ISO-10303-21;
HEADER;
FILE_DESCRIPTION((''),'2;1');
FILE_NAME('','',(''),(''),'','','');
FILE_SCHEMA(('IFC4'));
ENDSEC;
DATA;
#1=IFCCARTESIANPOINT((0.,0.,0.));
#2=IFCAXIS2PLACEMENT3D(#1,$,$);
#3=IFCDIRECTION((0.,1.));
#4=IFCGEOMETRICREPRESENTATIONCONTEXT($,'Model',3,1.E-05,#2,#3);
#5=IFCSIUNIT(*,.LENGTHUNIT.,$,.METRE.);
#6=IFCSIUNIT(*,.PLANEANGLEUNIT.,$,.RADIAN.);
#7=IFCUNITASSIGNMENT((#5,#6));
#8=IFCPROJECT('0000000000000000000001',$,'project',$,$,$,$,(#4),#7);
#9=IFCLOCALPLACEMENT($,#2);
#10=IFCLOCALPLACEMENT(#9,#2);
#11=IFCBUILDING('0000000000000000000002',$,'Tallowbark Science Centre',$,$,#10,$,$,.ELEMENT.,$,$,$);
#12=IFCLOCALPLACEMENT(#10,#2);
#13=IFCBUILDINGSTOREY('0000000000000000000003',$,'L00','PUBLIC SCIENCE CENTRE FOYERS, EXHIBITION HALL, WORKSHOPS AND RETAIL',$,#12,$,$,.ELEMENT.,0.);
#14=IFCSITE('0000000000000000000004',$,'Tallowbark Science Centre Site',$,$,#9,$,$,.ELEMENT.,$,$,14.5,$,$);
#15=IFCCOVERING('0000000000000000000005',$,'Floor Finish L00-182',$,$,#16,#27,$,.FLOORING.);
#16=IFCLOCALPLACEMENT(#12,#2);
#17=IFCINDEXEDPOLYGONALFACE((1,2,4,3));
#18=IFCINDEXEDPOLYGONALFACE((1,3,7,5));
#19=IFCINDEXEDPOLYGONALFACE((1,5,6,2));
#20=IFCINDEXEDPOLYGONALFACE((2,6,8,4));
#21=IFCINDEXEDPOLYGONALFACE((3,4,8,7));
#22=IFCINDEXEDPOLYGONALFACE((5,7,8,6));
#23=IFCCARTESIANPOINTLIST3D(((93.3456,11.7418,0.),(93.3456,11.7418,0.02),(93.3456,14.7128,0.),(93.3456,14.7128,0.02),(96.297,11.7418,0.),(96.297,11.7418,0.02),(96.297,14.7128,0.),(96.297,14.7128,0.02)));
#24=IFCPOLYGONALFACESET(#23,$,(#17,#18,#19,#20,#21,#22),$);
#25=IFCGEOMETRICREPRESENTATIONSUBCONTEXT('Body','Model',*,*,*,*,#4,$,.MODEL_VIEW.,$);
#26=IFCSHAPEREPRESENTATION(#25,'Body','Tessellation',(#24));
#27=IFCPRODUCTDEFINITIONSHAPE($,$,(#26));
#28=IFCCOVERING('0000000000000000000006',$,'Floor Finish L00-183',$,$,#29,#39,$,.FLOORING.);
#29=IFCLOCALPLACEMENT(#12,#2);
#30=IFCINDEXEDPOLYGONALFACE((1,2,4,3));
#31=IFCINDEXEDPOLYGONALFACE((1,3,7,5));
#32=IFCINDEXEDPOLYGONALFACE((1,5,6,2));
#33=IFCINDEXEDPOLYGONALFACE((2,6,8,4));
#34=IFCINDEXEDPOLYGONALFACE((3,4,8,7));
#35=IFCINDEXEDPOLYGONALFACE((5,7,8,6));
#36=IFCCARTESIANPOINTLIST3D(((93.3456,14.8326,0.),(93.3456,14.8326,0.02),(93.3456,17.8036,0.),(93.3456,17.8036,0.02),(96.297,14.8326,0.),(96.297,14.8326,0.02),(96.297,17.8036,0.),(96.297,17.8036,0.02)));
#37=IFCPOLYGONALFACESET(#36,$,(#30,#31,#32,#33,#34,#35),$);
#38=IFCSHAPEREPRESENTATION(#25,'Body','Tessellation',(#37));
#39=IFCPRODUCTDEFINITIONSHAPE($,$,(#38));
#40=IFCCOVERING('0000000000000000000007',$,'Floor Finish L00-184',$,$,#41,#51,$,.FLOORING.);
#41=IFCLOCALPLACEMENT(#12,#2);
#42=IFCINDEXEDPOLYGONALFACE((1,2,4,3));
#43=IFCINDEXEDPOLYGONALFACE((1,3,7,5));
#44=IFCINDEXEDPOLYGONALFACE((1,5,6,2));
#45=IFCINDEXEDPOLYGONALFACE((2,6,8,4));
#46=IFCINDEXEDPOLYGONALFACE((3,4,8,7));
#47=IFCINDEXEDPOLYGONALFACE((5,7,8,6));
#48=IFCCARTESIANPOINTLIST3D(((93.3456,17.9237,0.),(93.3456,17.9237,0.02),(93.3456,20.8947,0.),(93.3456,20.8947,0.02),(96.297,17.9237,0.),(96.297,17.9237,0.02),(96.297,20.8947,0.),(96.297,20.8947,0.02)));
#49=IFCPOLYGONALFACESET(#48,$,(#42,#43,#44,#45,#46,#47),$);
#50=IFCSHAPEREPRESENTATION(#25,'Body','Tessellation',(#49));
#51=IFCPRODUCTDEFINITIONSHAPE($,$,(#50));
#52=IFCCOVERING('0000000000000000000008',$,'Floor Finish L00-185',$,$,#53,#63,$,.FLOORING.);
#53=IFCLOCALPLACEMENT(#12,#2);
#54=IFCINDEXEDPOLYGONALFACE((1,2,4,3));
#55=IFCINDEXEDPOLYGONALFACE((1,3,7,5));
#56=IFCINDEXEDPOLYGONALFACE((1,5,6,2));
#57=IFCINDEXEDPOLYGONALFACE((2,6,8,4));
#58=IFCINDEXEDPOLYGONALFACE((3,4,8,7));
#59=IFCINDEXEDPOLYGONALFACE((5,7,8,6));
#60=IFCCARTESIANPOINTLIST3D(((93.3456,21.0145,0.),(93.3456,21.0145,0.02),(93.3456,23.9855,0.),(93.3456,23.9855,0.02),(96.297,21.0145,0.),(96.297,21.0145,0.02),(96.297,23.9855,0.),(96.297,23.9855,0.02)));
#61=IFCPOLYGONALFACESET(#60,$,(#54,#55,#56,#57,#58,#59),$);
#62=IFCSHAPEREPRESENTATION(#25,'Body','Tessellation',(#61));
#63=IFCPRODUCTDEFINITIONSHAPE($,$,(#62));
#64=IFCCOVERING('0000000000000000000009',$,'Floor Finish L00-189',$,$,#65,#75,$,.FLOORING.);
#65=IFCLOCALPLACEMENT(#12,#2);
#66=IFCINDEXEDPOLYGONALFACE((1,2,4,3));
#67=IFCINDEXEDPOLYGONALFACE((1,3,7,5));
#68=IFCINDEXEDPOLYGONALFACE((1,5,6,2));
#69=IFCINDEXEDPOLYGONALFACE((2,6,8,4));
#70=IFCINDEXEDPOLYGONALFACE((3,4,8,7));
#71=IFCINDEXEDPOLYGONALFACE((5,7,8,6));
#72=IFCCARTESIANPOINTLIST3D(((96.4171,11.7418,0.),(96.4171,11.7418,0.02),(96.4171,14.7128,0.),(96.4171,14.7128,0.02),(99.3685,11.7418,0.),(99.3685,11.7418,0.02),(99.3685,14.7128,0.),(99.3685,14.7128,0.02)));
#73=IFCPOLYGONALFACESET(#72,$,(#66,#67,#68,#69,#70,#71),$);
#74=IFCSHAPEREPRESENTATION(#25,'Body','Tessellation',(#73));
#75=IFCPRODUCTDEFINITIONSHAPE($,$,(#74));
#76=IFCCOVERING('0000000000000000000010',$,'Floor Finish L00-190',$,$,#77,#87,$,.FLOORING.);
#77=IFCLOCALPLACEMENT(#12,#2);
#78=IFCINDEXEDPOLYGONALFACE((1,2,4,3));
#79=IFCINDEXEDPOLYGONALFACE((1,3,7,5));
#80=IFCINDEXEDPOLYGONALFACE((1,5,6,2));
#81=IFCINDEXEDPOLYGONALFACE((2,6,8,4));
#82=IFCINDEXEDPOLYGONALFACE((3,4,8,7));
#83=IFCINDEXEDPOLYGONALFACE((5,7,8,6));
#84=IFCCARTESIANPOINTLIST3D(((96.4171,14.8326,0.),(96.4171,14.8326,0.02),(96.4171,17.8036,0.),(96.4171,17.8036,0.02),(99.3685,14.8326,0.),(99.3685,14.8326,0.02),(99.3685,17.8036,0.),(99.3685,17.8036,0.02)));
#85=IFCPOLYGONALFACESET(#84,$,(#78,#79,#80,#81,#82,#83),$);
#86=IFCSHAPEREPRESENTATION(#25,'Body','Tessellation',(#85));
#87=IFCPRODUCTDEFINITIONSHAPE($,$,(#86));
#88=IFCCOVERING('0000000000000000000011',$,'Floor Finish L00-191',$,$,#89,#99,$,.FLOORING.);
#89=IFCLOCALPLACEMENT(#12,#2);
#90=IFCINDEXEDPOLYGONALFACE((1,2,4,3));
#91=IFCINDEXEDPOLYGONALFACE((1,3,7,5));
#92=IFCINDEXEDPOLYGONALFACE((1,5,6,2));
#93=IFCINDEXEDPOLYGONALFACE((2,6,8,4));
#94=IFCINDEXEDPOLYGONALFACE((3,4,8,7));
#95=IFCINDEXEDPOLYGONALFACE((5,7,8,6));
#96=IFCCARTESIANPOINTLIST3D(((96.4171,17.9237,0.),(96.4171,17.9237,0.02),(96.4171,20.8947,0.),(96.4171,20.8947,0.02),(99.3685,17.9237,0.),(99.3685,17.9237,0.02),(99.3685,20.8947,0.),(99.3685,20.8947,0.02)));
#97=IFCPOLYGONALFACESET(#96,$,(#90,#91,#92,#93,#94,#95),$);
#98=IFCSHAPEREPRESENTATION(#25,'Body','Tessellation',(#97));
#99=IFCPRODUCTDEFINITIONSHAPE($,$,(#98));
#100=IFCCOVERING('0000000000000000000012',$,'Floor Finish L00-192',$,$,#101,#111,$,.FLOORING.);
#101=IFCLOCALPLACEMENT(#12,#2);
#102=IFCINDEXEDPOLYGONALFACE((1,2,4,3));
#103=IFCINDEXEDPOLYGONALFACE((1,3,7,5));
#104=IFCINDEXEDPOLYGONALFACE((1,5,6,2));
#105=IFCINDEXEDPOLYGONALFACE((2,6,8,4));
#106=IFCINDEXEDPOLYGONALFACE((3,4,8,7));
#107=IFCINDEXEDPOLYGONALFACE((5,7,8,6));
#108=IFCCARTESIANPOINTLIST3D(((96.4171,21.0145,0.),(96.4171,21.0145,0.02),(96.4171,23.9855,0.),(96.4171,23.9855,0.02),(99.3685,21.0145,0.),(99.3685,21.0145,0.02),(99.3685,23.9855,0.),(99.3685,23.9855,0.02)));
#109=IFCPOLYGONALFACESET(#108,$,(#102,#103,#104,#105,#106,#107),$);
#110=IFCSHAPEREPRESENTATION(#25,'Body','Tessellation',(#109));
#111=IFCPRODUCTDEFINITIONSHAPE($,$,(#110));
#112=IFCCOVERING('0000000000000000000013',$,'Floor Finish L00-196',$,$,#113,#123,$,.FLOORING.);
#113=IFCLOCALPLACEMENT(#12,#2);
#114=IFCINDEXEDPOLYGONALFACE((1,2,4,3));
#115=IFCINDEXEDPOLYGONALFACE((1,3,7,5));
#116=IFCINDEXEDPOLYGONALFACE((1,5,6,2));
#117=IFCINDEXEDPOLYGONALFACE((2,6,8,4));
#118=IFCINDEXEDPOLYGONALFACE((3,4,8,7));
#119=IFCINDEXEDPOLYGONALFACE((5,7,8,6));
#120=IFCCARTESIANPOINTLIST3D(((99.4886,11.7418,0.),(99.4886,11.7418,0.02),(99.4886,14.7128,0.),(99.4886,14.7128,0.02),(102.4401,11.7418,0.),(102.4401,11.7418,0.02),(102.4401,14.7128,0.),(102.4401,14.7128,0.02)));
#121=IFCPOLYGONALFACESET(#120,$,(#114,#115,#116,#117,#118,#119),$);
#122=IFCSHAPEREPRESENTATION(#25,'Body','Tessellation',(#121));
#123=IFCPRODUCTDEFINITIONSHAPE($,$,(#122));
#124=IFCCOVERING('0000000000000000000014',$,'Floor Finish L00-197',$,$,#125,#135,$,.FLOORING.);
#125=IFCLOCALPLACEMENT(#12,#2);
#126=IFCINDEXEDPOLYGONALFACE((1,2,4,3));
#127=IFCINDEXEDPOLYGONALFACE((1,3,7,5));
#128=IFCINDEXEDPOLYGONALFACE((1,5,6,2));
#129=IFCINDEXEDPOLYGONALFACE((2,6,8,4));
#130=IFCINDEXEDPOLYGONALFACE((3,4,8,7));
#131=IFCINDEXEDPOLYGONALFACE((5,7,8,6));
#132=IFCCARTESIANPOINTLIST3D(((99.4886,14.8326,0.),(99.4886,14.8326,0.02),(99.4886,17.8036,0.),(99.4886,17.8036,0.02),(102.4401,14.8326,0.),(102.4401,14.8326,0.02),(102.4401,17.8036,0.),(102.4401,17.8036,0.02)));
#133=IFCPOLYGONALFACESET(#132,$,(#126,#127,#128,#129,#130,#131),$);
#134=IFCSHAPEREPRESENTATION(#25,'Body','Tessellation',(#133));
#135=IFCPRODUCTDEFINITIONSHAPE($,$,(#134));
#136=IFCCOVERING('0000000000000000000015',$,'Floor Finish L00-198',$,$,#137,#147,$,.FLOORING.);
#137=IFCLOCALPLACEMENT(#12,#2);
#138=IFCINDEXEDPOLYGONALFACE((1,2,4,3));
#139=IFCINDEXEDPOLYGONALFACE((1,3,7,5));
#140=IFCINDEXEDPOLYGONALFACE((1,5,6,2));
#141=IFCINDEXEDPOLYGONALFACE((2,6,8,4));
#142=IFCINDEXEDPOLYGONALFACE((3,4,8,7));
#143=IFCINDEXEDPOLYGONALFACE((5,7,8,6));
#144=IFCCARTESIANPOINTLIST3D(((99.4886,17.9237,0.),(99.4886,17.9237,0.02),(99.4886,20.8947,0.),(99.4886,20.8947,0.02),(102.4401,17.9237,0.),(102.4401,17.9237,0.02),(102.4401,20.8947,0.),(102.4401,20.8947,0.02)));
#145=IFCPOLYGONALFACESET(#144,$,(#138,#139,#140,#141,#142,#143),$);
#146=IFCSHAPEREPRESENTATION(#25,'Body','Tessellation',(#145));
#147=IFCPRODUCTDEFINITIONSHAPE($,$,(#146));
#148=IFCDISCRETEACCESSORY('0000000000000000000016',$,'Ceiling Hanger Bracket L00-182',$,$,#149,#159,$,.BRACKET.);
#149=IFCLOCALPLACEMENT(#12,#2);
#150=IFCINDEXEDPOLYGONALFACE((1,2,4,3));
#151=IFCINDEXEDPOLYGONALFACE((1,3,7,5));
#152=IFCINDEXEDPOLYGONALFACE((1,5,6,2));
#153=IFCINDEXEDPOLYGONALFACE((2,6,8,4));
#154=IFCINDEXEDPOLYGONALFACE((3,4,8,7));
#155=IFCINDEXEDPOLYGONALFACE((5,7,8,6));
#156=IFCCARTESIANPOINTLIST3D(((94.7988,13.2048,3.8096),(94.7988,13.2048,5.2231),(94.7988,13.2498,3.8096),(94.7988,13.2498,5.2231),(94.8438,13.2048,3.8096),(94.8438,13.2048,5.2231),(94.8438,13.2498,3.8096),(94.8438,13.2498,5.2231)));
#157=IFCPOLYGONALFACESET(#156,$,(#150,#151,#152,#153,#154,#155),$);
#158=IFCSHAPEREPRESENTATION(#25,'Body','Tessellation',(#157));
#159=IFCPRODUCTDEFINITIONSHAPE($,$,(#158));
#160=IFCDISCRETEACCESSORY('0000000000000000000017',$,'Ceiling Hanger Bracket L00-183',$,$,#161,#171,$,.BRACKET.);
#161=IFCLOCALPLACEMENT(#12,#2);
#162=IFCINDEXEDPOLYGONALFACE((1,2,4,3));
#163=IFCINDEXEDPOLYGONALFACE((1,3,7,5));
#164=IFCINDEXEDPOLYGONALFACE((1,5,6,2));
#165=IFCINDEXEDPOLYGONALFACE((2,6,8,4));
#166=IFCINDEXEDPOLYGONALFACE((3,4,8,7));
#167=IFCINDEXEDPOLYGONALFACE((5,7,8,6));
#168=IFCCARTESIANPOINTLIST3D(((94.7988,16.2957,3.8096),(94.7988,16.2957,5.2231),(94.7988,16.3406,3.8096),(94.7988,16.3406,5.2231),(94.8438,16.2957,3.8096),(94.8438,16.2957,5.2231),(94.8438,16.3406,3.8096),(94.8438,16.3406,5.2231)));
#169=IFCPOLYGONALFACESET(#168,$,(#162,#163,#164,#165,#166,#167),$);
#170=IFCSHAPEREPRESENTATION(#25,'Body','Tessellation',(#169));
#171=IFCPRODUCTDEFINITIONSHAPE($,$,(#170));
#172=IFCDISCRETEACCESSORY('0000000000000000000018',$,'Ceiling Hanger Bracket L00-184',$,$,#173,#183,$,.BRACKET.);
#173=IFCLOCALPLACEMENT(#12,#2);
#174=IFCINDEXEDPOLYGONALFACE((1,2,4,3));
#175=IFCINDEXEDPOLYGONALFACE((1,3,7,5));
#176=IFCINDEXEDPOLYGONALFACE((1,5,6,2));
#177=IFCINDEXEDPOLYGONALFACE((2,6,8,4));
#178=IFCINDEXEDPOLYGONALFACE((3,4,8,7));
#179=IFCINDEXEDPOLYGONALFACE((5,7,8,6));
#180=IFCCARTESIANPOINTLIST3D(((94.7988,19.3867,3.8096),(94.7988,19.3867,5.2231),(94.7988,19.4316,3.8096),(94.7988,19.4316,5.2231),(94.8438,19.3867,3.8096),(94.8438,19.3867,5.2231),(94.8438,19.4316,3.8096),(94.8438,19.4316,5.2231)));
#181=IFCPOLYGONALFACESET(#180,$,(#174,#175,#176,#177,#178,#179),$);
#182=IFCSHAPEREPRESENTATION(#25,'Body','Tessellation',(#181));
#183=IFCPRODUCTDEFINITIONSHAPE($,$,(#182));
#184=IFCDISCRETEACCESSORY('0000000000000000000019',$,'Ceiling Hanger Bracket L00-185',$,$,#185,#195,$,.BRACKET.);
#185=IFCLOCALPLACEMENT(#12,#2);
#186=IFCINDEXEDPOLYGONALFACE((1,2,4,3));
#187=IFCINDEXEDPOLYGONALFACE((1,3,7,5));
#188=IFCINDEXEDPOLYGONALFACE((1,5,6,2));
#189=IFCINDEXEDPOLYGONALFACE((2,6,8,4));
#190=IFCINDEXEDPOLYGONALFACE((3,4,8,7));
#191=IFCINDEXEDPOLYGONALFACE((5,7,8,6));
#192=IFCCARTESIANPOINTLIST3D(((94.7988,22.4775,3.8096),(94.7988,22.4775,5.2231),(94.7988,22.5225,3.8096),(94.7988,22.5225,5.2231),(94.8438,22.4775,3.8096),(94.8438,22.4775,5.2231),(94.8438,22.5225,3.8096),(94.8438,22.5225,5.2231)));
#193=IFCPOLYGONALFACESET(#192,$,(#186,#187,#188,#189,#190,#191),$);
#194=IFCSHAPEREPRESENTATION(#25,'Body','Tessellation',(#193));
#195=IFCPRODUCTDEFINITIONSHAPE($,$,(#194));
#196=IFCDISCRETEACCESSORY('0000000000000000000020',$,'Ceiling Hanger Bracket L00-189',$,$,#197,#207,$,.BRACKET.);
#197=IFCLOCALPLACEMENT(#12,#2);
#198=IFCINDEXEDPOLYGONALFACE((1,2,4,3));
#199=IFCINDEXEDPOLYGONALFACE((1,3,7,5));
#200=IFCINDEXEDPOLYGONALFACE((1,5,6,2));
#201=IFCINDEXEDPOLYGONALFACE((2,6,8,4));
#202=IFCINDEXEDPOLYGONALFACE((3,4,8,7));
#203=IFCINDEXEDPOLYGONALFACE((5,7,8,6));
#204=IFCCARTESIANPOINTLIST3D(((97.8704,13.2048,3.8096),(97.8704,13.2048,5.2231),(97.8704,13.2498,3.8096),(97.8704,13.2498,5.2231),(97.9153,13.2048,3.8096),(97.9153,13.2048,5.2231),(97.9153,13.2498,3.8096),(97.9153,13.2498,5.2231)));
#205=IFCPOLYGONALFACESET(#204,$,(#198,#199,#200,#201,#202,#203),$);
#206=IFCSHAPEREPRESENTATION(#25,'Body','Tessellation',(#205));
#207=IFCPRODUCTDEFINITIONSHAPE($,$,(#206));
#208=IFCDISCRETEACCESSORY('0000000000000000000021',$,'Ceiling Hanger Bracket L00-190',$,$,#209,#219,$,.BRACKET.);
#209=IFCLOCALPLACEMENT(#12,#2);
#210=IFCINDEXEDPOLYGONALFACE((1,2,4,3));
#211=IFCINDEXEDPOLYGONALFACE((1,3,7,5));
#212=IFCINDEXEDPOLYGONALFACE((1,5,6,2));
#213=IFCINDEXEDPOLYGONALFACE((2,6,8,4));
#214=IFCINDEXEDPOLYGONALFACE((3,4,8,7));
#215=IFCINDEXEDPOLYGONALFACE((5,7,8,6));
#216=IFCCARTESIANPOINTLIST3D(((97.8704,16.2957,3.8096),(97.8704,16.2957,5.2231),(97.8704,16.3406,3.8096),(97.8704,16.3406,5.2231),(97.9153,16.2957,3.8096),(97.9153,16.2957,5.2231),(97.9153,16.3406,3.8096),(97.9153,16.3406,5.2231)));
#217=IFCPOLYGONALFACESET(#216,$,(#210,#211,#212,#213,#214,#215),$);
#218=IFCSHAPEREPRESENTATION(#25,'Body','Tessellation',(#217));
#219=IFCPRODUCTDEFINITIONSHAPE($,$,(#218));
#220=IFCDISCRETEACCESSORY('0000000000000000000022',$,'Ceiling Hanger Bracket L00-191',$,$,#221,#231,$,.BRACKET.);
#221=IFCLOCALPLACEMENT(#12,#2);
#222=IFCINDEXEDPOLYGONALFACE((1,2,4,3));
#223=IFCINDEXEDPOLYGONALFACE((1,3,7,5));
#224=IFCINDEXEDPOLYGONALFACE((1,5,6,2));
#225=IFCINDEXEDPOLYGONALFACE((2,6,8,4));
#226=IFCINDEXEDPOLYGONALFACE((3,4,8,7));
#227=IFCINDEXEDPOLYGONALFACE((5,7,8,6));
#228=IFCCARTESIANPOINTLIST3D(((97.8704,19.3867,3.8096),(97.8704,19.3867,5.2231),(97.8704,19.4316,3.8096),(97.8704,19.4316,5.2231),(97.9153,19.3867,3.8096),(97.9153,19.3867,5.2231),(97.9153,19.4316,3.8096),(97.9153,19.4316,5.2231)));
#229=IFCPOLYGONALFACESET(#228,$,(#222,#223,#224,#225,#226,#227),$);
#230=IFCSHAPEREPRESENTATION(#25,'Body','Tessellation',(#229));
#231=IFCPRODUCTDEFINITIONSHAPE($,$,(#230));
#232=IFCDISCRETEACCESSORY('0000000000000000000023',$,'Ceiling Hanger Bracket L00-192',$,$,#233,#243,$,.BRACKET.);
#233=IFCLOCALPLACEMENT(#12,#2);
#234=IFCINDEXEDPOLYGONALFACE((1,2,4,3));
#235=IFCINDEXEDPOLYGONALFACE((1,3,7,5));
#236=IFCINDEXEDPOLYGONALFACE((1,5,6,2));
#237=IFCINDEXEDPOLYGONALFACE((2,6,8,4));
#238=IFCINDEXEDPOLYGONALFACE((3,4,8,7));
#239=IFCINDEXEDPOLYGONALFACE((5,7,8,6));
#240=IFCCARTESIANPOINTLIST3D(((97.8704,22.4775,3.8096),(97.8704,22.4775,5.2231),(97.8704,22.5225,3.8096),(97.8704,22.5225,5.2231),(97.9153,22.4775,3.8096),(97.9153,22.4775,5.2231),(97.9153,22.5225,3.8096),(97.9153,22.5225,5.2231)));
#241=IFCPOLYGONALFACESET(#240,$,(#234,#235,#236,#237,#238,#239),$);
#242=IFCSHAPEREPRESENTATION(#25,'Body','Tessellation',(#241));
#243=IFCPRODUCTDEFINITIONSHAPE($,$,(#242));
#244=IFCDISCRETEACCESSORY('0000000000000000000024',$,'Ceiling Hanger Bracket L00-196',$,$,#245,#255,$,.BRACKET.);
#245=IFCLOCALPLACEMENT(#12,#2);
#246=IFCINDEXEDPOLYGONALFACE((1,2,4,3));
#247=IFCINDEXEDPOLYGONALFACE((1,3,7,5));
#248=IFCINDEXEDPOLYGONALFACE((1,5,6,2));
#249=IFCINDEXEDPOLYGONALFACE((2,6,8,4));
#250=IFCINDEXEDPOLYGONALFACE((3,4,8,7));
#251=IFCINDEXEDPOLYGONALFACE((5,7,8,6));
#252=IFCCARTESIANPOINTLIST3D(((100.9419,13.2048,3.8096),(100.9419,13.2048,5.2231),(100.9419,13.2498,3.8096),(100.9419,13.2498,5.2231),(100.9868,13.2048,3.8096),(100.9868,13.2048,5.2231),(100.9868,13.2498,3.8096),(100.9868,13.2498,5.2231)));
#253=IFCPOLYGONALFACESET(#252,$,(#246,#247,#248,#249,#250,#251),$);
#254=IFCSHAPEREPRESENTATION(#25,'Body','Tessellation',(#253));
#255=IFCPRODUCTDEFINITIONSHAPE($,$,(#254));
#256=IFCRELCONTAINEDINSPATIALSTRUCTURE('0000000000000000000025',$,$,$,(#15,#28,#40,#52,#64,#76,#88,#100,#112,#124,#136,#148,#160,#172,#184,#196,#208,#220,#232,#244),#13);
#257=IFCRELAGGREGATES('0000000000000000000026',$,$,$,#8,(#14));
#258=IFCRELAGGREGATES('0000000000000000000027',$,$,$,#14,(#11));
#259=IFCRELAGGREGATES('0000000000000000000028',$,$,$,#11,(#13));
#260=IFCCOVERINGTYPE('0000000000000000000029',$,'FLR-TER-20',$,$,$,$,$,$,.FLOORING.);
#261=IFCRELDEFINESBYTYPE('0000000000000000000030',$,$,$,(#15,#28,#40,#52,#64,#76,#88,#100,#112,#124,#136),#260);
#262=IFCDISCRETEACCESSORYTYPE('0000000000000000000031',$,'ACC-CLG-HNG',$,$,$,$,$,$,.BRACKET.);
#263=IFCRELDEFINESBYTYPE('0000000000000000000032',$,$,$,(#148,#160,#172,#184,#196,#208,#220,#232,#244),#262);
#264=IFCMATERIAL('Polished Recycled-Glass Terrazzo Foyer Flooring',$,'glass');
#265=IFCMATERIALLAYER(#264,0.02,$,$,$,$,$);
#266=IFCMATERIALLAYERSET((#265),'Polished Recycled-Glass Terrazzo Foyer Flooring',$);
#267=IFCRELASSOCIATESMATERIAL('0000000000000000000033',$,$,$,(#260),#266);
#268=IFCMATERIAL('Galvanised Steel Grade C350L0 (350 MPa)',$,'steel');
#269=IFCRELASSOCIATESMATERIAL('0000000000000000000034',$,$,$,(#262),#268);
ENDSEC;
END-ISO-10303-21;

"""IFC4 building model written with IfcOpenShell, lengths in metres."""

from ifc_helpers import new_model, si_unit, direction, frame, origin, origin_2d, place, context, subcontext, project, spatial, rectangle, extrude, material, layer, layer_set, type_object, element, save


model = new_model("IFC4")

# Units and contexts
model_context = context("Model", 3, precision=1e-05, world=origin(), true_north=direction((0.0, 1.0)))
body_context = subcontext(model_context, "Body", "Model", "MODEL_VIEW")
ifc_project = project(units=[si_unit("LENGTHUNIT", "METRE"), si_unit("PLANEANGLEUNIT", "RADIAN")], contexts=[model_context])

# Site, building, storey
site_placement = place(None, origin())
site = spatial("IfcSite", under=ifc_project, at=site_placement, Name="Tallowbark Science Centre Site", CompositionType="ELEMENT", RefElevation=14.5)
building_placement = place(site_placement, origin())
building = spatial("IfcBuilding", under=site, at=building_placement, Name="Tallowbark Science Centre", CompositionType="ELEMENT")
storey_placement = place(building_placement, origin())
storey = spatial("IfcBuildingStorey", under=building, at=storey_placement, Name="L00", Description="PUBLIC SCIENCE CENTRE FOYERS, EXHIBITION HALL, WORKSHOPS AND RETAIL", CompositionType="ELEMENT", Elevation=0.0)

# Coverings
ifc_material_1 = material(Name="Polished Recycled-Glass Terrazzo Foyer Flooring", Category="glass")
ifc_layer_1 = layer(ifc_material_1, 0.02)
ifc_layer_set_1 = layer_set([ifc_layer_1], Name="Polished Recycled-Glass Terrazzo Foyer Flooring")
covering_type_1 = type_object("IfcCoveringType", Name="FLR-TER-20", PredefinedType="FLOORING", material=ifc_layer_set_1)
for number, where, z_axis, x_axis, name in (
    (1, (94.8213, 13.2273, 0.0), (0.0, 0.0, 1.0), (1.0, 0.0, 0.0), "Floor Finish L00-182"),
    (2, (94.8213, 16.3181, 0.0), (0.0, 0.0, 1.0), (1.0, 0.0, 0.0), "Floor Finish L00-183"),
    (3, (94.8213, 19.4092, 0.0), (0.0, 0.0, 1.0), (1.0, 0.0, 0.0), "Floor Finish L00-184"),
    (4, (94.8213, 22.5, 0.0), (0.0, 0.0, 1.0), (1.0, 0.0, 0.0), "Floor Finish L00-185"),
    (5, (97.8928, 13.2273, 0.0), (0.0, 0.0, 1.0), (1.0, 0.0, 0.0), "Floor Finish L00-189"),
    (6, (97.8928, 16.3181, 0.0), (0.0, 0.0, 1.0), (1.0, 0.0, 0.0), "Floor Finish L00-190"),
    (7, (97.8928, 19.4092, 0.0), (0.0, 0.0, 1.0), (1.0, 0.0, 0.0), "Floor Finish L00-191"),
    (8, (97.8928, 22.5, 0.0), (0.0, 0.0, 1.0), (1.0, 0.0, 0.0), "Floor Finish L00-192"),
    (9, (100.9644, 13.2273, 0.0), (0.0, 0.0, 1.0), (1.0, 0.0, 0.0), "Floor Finish L00-196"),
    (10, (100.9644, 16.3181, 0.0), (0.0, 0.0, 1.0), (1.0, 0.0, 0.0), "Floor Finish L00-197"),
    (11, (100.9644, 19.4092, 0.0), (0.0, 0.0, 1.0), (1.0, 0.0, 0.0), "Floor Finish L00-198"),
):
    element("IfcCovering", number, at=place(storey_placement, frame(where, z_axis=z_axis, x_axis=x_axis)), inside=storey, type_object=covering_type_1, Name=name, PredefinedType="FLOORING", context=body_context, shape_type="SweptSolid", body=[
        extrude(rectangle(XDim=2.9514, YDim=2.9709, at=origin_2d()), origin(), (0.0, 0.0, 1.0), 0.02),
    ])

# Discrete accessories
ifc_material_2 = material(Name="Galvanised Steel Grade C350L0 (350 MPa)", Category="steel")
discrete_accessory_type = type_object("IfcDiscreteAccessoryType", Name="ACC-CLG-HNG", PredefinedType="BRACKET", material=ifc_material_2)
for number, where, z_axis, x_axis, name in (
    (12, (94.8213, 13.2273, 3.8096), (0.0, 0.0, 1.0), (1.0, 0.0, 0.0), "Ceiling Hanger Bracket L00-182"),
    (13, (94.8213, 16.3181, 3.8096), (0.0, 0.0, 1.0), (1.0, 0.0, 0.0), "Ceiling Hanger Bracket L00-183"),
    (14, (94.8213, 19.4092, 3.8096), (0.0, 0.0, 1.0), (1.0, 0.0, 0.0), "Ceiling Hanger Bracket L00-184"),
    (15, (94.8213, 22.5, 3.8096), (0.0, 0.0, 1.0), (1.0, 0.0, 0.0), "Ceiling Hanger Bracket L00-185"),
    (16, (97.8928, 13.2273, 3.8096), (0.0, 0.0, 1.0), (1.0, 0.0, 0.0), "Ceiling Hanger Bracket L00-189"),
    (17, (97.8928, 16.3181, 3.8096), (0.0, 0.0, 1.0), (1.0, 0.0, 0.0), "Ceiling Hanger Bracket L00-190"),
    (18, (97.8928, 19.4092, 3.8096), (0.0, 0.0, 1.0), (1.0, 0.0, 0.0), "Ceiling Hanger Bracket L00-191"),
    (19, (97.8928, 22.5, 3.8096), (0.0, 0.0, 1.0), (1.0, 0.0, 0.0), "Ceiling Hanger Bracket L00-192"),
    (20, (100.9644, 13.2273, 3.8096), (0.0, 0.0, 1.0), (1.0, 0.0, 0.0), "Ceiling Hanger Bracket L00-196"),
):
    element("IfcDiscreteAccessory", number, at=place(storey_placement, frame(where, z_axis=z_axis, x_axis=x_axis)), inside=storey, type_object=discrete_accessory_type, Name=name, PredefinedType="BRACKET", context=body_context, shape_type="SweptSolid", body=[
        extrude(rectangle(XDim=0.0449, YDim=0.0449, at=origin_2d()), origin(), (0.0, 0.0, 1.0), 1.4136),
    ])

save(model, "model.ifc")
